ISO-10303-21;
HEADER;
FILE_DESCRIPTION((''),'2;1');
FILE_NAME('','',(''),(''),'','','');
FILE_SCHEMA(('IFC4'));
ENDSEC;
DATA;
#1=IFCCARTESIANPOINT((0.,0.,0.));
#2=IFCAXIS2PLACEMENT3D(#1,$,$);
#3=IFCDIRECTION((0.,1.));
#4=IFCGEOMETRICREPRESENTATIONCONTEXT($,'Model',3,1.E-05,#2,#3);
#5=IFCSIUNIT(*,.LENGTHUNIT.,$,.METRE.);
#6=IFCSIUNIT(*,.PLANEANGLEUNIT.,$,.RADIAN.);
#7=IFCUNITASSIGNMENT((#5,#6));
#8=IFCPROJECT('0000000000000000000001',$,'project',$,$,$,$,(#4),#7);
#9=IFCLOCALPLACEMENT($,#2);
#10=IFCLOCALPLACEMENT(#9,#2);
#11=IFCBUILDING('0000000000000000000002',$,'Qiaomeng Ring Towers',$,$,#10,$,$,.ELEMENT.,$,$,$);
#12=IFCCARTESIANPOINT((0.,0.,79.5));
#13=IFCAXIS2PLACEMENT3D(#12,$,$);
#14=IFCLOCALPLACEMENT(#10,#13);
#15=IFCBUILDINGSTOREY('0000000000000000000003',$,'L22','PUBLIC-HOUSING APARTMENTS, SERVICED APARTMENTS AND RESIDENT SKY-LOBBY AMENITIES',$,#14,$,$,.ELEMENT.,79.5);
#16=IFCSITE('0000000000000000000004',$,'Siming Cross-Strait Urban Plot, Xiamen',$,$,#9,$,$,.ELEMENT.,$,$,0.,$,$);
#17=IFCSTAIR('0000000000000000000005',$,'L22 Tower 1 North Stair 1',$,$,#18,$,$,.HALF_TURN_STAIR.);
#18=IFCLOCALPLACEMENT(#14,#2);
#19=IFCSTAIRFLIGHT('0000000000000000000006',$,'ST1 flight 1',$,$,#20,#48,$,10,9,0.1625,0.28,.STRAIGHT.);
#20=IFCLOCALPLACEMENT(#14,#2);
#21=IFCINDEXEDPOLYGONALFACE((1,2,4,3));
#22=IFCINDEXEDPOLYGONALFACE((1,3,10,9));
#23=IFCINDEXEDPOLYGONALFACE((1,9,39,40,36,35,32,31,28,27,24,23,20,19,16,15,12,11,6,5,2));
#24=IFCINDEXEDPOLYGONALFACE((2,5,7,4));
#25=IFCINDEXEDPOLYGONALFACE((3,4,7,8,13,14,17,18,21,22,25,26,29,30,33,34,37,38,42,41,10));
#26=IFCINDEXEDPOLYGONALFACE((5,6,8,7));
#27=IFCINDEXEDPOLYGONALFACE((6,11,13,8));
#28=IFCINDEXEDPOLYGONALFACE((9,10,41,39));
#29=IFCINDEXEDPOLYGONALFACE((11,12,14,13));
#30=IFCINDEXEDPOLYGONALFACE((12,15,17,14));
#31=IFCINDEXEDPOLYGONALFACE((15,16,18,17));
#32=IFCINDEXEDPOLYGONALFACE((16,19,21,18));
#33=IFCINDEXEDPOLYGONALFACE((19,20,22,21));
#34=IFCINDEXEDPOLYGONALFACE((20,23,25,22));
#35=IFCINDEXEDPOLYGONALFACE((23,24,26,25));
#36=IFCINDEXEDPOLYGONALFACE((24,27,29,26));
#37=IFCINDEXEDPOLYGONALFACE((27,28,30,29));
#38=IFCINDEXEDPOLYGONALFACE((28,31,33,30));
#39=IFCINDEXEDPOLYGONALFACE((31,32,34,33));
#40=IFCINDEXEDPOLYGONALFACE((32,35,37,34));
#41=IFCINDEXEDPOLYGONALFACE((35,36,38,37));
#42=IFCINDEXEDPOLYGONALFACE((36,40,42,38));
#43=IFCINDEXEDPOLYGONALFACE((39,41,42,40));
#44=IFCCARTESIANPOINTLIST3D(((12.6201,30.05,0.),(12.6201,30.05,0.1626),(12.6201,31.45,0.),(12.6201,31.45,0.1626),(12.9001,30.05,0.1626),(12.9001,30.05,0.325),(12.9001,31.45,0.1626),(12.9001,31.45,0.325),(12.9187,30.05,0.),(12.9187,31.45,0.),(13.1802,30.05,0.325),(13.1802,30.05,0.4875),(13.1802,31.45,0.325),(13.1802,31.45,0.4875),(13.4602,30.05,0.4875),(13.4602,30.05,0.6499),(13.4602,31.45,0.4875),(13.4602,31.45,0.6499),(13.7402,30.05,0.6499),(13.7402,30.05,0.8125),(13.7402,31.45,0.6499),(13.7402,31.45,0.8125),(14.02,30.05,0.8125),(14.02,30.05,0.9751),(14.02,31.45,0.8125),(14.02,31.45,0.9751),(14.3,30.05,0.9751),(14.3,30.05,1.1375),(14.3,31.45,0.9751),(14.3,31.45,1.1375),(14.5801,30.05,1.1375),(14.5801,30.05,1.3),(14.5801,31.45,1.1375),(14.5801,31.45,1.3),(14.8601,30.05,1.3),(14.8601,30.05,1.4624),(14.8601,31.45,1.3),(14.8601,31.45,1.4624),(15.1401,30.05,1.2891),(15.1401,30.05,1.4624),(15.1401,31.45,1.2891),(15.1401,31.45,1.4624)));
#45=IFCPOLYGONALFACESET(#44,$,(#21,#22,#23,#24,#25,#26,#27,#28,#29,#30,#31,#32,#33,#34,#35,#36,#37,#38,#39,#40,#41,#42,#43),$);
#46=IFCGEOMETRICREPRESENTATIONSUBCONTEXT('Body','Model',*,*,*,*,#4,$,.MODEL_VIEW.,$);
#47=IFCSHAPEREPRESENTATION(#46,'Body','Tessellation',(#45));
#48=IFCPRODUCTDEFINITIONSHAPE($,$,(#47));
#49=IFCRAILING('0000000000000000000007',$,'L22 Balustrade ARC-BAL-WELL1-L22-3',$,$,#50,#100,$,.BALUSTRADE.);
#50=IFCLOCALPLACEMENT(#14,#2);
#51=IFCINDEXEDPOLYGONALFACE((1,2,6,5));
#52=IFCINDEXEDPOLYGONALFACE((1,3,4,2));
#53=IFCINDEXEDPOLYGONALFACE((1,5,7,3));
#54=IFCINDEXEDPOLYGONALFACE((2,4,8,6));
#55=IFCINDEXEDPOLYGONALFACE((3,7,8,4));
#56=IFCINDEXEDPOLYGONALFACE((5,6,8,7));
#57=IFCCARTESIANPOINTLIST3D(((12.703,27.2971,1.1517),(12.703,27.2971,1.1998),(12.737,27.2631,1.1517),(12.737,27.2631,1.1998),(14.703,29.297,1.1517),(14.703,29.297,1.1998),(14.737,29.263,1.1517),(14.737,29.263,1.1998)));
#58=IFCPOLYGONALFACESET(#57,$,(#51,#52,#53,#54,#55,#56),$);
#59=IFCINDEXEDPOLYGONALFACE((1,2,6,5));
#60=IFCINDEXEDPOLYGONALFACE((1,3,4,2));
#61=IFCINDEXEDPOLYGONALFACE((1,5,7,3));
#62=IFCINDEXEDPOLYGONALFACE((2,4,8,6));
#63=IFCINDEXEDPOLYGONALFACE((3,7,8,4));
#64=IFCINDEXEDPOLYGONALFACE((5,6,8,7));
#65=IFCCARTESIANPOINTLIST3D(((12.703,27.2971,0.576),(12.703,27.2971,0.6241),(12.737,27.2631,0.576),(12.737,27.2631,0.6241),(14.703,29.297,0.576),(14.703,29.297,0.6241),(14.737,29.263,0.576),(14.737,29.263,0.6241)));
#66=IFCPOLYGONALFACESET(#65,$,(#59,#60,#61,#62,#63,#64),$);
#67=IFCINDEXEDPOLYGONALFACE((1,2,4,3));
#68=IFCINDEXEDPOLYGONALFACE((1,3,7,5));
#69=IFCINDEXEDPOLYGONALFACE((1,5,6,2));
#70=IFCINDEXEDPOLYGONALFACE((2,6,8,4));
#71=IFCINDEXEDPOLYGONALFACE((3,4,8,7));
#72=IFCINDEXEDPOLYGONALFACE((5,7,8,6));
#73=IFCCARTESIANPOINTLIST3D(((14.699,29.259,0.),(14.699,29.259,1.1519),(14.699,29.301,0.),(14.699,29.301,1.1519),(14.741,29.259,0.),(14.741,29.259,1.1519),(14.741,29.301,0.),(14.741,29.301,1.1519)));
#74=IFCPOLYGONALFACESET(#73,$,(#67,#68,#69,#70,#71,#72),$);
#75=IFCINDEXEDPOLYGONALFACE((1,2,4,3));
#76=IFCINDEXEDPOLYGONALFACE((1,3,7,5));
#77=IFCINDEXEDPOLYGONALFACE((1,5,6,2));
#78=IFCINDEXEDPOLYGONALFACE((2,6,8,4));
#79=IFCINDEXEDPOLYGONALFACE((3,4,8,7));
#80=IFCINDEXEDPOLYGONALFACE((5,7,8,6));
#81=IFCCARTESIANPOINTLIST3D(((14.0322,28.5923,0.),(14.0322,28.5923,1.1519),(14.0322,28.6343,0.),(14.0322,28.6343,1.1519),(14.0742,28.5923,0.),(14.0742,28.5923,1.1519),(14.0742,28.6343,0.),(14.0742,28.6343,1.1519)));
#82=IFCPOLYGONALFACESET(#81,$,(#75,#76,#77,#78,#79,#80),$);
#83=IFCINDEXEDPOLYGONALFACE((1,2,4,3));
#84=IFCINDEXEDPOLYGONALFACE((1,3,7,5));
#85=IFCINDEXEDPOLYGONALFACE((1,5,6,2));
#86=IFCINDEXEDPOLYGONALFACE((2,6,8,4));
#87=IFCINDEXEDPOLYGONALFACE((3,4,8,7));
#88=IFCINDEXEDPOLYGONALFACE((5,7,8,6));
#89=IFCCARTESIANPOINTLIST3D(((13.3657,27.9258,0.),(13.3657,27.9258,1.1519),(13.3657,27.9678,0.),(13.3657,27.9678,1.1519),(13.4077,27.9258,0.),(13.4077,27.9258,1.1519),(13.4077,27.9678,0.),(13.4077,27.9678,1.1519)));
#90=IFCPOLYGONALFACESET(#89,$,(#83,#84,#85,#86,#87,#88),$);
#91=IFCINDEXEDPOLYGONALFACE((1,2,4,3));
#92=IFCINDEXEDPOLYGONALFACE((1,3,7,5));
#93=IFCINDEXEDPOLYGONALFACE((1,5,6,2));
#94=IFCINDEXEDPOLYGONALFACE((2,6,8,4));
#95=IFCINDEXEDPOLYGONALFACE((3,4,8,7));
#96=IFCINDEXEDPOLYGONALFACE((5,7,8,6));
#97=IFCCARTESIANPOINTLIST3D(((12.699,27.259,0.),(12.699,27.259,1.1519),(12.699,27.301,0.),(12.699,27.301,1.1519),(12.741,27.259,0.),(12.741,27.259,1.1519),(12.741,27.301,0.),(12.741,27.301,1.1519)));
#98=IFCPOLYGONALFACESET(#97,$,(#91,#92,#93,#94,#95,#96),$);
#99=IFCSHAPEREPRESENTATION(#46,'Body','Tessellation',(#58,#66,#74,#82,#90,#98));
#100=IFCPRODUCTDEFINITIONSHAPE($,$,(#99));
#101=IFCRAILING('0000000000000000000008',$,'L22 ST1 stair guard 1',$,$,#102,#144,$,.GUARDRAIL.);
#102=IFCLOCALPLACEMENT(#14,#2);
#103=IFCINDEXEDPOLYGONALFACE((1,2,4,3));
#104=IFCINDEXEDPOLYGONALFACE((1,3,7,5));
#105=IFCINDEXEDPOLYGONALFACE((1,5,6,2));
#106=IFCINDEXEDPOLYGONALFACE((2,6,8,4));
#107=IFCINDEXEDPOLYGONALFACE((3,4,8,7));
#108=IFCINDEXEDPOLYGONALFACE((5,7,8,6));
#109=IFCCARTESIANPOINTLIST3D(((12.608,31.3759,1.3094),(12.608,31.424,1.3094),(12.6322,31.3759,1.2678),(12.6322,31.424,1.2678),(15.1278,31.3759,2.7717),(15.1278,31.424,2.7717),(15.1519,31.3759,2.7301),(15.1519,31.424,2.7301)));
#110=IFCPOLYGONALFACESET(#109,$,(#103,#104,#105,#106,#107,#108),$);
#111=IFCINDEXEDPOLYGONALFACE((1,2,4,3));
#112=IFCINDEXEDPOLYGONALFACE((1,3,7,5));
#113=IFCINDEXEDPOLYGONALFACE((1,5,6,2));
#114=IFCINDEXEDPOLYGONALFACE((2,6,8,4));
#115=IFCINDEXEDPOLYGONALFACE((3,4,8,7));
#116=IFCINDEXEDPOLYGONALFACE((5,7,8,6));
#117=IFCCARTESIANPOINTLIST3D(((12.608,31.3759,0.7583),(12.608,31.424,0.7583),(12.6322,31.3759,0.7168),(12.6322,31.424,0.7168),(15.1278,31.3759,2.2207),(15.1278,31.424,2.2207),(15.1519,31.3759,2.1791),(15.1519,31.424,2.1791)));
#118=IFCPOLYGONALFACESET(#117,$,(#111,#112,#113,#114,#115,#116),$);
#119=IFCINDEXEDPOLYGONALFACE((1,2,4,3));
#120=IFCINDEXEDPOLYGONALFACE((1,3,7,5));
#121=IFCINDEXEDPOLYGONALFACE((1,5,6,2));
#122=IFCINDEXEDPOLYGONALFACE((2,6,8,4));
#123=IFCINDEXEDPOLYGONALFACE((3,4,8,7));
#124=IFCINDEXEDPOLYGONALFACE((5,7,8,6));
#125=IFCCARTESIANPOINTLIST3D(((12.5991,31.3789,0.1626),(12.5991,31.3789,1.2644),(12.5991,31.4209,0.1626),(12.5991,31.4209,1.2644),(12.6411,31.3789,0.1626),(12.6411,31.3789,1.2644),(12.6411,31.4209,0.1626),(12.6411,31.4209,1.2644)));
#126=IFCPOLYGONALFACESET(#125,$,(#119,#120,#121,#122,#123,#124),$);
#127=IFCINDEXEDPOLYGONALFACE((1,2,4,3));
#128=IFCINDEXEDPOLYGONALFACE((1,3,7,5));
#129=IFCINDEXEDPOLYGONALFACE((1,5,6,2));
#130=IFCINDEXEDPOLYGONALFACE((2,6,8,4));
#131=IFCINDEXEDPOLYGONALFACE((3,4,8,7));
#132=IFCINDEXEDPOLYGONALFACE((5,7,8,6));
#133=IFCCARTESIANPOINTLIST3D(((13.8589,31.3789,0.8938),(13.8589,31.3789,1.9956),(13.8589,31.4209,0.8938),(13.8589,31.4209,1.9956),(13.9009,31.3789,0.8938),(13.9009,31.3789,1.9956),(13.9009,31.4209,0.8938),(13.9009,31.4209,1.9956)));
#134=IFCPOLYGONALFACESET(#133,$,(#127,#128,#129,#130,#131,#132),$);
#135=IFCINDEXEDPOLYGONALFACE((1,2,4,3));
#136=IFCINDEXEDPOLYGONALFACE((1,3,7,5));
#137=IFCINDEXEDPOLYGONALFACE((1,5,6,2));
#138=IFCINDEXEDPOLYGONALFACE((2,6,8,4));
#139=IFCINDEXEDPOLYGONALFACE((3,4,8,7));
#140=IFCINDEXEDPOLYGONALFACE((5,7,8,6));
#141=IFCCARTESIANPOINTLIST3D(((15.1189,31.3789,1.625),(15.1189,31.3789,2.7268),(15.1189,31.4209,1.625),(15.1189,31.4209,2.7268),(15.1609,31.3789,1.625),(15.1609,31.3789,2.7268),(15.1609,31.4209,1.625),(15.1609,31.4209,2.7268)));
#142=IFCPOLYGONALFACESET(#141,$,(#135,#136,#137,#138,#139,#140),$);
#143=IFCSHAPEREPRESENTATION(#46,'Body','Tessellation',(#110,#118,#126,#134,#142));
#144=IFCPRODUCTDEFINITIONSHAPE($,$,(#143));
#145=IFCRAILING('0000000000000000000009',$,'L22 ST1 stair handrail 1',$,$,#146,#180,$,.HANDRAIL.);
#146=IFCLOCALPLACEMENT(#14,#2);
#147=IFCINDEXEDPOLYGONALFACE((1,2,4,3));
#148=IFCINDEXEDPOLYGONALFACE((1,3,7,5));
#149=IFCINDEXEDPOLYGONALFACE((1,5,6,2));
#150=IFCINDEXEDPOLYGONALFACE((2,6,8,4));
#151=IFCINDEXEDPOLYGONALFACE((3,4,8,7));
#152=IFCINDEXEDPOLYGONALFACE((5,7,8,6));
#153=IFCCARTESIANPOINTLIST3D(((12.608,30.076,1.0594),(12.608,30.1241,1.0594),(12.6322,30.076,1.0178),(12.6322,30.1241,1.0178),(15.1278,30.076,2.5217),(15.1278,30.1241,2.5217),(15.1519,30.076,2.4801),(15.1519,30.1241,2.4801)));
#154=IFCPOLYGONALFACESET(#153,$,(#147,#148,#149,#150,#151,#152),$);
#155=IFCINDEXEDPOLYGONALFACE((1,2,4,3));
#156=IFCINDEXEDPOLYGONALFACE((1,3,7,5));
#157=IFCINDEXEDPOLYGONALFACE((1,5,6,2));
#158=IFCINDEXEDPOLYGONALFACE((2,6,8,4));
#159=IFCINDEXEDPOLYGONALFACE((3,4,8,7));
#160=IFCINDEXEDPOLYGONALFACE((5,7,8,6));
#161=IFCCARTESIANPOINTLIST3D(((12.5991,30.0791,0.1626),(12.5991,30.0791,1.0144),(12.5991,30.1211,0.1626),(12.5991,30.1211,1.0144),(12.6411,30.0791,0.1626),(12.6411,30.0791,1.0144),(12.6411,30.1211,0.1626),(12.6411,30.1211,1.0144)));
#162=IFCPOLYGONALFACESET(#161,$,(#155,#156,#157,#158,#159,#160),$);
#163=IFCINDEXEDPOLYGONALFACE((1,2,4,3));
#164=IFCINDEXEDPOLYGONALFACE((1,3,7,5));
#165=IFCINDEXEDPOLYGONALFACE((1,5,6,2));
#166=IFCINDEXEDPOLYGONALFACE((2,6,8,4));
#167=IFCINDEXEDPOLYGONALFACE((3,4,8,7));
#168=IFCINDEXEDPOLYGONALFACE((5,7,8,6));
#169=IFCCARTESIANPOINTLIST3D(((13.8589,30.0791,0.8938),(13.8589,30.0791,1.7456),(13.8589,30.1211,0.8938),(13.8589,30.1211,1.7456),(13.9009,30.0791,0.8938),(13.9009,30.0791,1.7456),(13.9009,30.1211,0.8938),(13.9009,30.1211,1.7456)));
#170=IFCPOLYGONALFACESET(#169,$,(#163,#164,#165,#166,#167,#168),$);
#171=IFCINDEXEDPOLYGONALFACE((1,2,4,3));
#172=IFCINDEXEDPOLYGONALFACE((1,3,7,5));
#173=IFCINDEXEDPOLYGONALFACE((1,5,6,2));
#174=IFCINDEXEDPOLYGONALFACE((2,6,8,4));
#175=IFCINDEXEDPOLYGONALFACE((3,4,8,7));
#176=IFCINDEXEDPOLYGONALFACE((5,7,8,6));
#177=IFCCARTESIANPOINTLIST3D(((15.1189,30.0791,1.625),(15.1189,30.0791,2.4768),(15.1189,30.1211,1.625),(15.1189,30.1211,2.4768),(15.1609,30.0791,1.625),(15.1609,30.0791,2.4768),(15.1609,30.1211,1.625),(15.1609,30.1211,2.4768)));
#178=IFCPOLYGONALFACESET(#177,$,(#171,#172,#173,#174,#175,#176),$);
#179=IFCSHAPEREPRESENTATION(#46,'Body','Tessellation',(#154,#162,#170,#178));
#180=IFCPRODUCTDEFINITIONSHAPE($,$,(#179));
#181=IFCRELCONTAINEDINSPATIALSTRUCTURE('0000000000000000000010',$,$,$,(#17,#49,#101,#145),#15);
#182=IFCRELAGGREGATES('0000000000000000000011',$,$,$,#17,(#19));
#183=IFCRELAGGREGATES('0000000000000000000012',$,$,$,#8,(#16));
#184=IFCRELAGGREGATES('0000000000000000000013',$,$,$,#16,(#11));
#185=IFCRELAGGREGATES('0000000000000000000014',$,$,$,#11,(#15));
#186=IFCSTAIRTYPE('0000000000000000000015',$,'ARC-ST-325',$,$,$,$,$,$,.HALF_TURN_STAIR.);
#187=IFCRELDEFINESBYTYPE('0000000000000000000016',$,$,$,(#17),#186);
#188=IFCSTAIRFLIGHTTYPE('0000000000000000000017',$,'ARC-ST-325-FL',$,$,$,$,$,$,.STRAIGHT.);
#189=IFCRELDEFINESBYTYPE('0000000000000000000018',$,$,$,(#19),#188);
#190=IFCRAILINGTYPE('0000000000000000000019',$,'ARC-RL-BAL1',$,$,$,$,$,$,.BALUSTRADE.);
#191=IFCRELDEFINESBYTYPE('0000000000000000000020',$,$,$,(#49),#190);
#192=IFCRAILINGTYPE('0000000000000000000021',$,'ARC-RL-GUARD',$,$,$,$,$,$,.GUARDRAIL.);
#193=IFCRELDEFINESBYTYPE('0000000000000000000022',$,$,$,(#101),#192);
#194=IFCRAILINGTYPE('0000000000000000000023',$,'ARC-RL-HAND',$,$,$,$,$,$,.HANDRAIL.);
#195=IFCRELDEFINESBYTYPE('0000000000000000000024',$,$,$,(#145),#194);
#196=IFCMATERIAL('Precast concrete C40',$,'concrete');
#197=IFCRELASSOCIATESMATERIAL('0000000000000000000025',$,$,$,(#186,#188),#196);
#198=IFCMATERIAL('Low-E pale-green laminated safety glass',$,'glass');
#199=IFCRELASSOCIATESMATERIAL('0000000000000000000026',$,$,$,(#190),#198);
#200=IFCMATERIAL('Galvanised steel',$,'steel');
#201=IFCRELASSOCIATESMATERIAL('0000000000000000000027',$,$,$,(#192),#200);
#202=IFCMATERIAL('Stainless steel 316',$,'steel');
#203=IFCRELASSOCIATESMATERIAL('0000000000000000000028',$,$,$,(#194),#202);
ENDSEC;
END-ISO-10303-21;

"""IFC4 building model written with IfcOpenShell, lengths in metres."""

from ifc_helpers import new_model, si_unit, direction, frame, origin, origin_2d, place, context, subcontext, project, spatial, polyline, rectangle, outline, extrude, source, transform, mapped, material, type_object, element, aggregate, save


model = new_model("IFC4")

# Units and contexts
model_context = context("Model", 3, precision=1e-05, world=origin(), true_north=direction((0.0, 1.0)))
body_context = subcontext(model_context, "Body", "Model", "MODEL_VIEW")
ifc_project = project(units=[si_unit("LENGTHUNIT", "METRE"), si_unit("PLANEANGLEUNIT", "RADIAN")], contexts=[model_context])

# Site, building, storey
site_placement = place(None, origin())
site = spatial("IfcSite", under=ifc_project, at=site_placement, Name="Siming Cross-Strait Urban Plot, Xiamen", CompositionType="ELEMENT", RefElevation=0.0)
building_placement = place(site_placement, origin())
building = spatial("IfcBuilding", under=site, at=building_placement, Name="Qiaomeng Ring Towers", CompositionType="ELEMENT")
storey_placement = place(building_placement, frame((0.0, 0.0, 79.5)))
storey = spatial("IfcBuildingStorey", under=building, at=storey_placement, Name="L22", Description="PUBLIC-HOUSING APARTMENTS, SERVICED APARTMENTS AND RESIDENT SKY-LOBBY AMENITIES", CompositionType="ELEMENT", Elevation=79.5)

# Stair, stair flight
ifc_material_1 = material(Name="Precast concrete C40", Category="concrete")
stair_type = type_object("IfcStairType", Name="ARC-ST-325", PredefinedType="HALF_TURN_STAIR", material=ifc_material_1)
stair_placement = place(storey_placement, origin())
stair = element("IfcStair", 1, at=stair_placement, inside=storey, type_object=stair_type, Name="L22 Tower 1 North Stair 1", PredefinedType="HALF_TURN_STAIR")
stair_flight_type = type_object("IfcStairFlightType", Name="ARC-ST-325-FL", PredefinedType="STRAIGHT", material=ifc_material_1)
shared_shape_1 = source(origin(), body_context, "Body", "SweptSolid", [
    extrude(outline(polyline([(0.0, 0.0), (0.0, 0.1626), (0.28, 0.1626), (0.28, 0.325), (0.5601, 0.325), (0.5601, 0.4875), (0.8401, 0.4875), (0.8401, 0.6499), (1.1201, 0.6499), (1.1201, 0.8125), (1.3999, 0.8125), (1.3999, 0.9751), (1.6799, 0.9751), (1.6799, 1.1375), (1.96, 1.1375), (1.96, 1.3), (2.24, 1.3), (2.24, 1.4624), (2.52, 1.4624), (2.52, 1.625), (2.52, 1.2891), (0.2986, 0.0), (0.0, 0.0)])), frame((0.0, 0.7, 0.0), z_axis=(0.0, -1.0, 0.0), x_axis=(1.0, 0.0, 0.0)), (0.0, 0.0, 1.0), 1.3999),
])
stair_flight_placement = place(storey_placement, frame((12.6201, 30.75, 0.0), z_axis=(0.0, 0.0, 1.0), x_axis=(1.0, 0.0, 0.0)))
stair_flight = element("IfcStairFlight", 2, at=stair_flight_placement, type_object=stair_flight_type, Name="ST1 flight 1", NumberOfRisers=10, NumberOfTreads=9, PredefinedType="STRAIGHT", RiserHeight=0.1625, TreadLength=0.28, context=body_context, shape_type="MappedRepresentation", body=[
    mapped(shared_shape_1, transform((0.0, 0.0, 0.0), x_axis=(1.0, 0.0, 0.0), y_axis=(0.0, 1.0, 0.0), z_axis=(0.0, 0.0, 1.0), scale=1.0)),
])
aggregate(stair, [stair_flight])

# Railings
ifc_material_2 = material(Name="Low-E pale-green laminated safety glass", Category="glass")
railing_type_1 = type_object("IfcRailingType", Name="ARC-RL-BAL1", PredefinedType="BALUSTRADE", material=ifc_material_2)
railing_1_placement = place(storey_placement, frame((14.72, 29.28, 0.0)))
element("IfcRailing", 3, at=railing_1_placement, inside=storey, type_object=railing_type_1, Name="L22 Balustrade ARC-BAL-WELL1-L22-3", PredefinedType="BALUSTRADE", context=body_context, shape_type="SweptSolid", body=[
    extrude(rectangle(XDim=0.0481, YDim=0.0481, at=origin_2d()), frame((0.0, 0.0, 1.1758), z_axis=(-0.707107, -0.707107, 0.0), x_axis=(0.707107, -0.707107, 0.0)), (0.0, 0.0, 1.0), 2.8284),
    extrude(rectangle(XDim=0.0481, YDim=0.0481, at=origin_2d()), frame((0.0, 0.0, 0.6001), z_axis=(-0.707107, -0.707107, 0.0), x_axis=(0.707107, -0.707107, 0.0)), (0.0, 0.0, 1.0), 2.8284),
    extrude(rectangle(XDim=0.042, YDim=0.042, at=origin_2d()), origin(), (0.0, 0.0, 1.0), 1.1519),
    extrude(rectangle(XDim=0.042, YDim=0.042, at=origin_2d()), frame((-0.6667, -0.6667, 0.0)), (0.0, 0.0, 1.0), 1.1519),
    extrude(rectangle(XDim=0.042, YDim=0.042, at=origin_2d()), frame((-1.3333, -1.3333, 0.0)), (0.0, 0.0, 1.0), 1.1519),
    extrude(rectangle(XDim=0.042, YDim=0.042, at=origin_2d()), frame((-2.0, -2.0, 0.0)), (0.0, 0.0, 1.0), 1.1519),
])
ifc_material_3 = material(Name="Galvanised steel", Category="steel")
railing_type_2 = type_object("IfcRailingType", Name="ARC-RL-GUARD", PredefinedType="GUARDRAIL", material=ifc_material_3)
railing_2_placement = place(storey_placement, frame((12.6201, 31.3999, 0.1626)))
element("IfcRailing", 4, at=railing_2_placement, inside=storey, type_object=railing_type_2, Name="L22 ST1 stair guard 1", PredefinedType="GUARDRAIL", context=body_context, shape_type="SweptSolid", body=[
    extrude(rectangle(XDim=0.0481, YDim=0.0481, at=origin_2d()), frame((0.0, 0.0, 1.126), z_axis=(0.864892, 0.0, 0.501958), x_axis=(0.0, 1.0, 0.0)), (0.0, 0.0, 1.0), 2.9133),
    extrude(rectangle(XDim=0.0481, YDim=0.0481, at=origin_2d()), frame((0.0, 0.0, 0.575), z_axis=(0.864892, 0.0, 0.501958), x_axis=(0.0, 1.0, 0.0)), (0.0, 0.0, 1.0), 2.9133),
    extrude(rectangle(XDim=0.042, YDim=0.042, at=origin_2d()), origin(), (0.0, 0.0, 1.0), 1.1018),
    extrude(rectangle(XDim=0.042, YDim=0.042, at=origin_2d()), frame((1.2598, 0.0, 0.7312)), (0.0, 0.0, 1.0), 1.1018),
    extrude(rectangle(XDim=0.042, YDim=0.042, at=origin_2d()), frame((2.5198, 0.0, 1.4624)), (0.0, 0.0, 1.0), 1.1018),
])
ifc_material_4 = material(Name="Stainless steel 316", Category="steel")
railing_type_3 = type_object("IfcRailingType", Name="ARC-RL-HAND", PredefinedType="HANDRAIL", material=ifc_material_4)
railing_3_placement = place(storey_placement, frame((12.6201, 30.1001, 0.1626)))
element("IfcRailing", 5, at=railing_3_placement, inside=storey, type_object=railing_type_3, Name="L22 ST1 stair handrail 1", PredefinedType="HANDRAIL", context=body_context, shape_type="SweptSolid", body=[
    extrude(rectangle(XDim=0.0481, YDim=0.0481, at=origin_2d()), frame((0.0, 0.0, 0.876), z_axis=(0.864892, 0.0, 0.501958), x_axis=(0.0, 1.0, 0.0)), (0.0, 0.0, 1.0), 2.9133),
    extrude(rectangle(XDim=0.042, YDim=0.042, at=origin_2d()), origin(), (0.0, 0.0, 1.0), 0.8518),
    extrude(rectangle(XDim=0.042, YDim=0.042, at=origin_2d()), frame((1.2598, 0.0, 0.7312)), (0.0, 0.0, 1.0), 0.8518),
    extrude(rectangle(XDim=0.042, YDim=0.042, at=origin_2d()), frame((2.5198, 0.0, 1.4624)), (0.0, 0.0, 1.0), 0.8518),
])

save(model, "model.ifc")
